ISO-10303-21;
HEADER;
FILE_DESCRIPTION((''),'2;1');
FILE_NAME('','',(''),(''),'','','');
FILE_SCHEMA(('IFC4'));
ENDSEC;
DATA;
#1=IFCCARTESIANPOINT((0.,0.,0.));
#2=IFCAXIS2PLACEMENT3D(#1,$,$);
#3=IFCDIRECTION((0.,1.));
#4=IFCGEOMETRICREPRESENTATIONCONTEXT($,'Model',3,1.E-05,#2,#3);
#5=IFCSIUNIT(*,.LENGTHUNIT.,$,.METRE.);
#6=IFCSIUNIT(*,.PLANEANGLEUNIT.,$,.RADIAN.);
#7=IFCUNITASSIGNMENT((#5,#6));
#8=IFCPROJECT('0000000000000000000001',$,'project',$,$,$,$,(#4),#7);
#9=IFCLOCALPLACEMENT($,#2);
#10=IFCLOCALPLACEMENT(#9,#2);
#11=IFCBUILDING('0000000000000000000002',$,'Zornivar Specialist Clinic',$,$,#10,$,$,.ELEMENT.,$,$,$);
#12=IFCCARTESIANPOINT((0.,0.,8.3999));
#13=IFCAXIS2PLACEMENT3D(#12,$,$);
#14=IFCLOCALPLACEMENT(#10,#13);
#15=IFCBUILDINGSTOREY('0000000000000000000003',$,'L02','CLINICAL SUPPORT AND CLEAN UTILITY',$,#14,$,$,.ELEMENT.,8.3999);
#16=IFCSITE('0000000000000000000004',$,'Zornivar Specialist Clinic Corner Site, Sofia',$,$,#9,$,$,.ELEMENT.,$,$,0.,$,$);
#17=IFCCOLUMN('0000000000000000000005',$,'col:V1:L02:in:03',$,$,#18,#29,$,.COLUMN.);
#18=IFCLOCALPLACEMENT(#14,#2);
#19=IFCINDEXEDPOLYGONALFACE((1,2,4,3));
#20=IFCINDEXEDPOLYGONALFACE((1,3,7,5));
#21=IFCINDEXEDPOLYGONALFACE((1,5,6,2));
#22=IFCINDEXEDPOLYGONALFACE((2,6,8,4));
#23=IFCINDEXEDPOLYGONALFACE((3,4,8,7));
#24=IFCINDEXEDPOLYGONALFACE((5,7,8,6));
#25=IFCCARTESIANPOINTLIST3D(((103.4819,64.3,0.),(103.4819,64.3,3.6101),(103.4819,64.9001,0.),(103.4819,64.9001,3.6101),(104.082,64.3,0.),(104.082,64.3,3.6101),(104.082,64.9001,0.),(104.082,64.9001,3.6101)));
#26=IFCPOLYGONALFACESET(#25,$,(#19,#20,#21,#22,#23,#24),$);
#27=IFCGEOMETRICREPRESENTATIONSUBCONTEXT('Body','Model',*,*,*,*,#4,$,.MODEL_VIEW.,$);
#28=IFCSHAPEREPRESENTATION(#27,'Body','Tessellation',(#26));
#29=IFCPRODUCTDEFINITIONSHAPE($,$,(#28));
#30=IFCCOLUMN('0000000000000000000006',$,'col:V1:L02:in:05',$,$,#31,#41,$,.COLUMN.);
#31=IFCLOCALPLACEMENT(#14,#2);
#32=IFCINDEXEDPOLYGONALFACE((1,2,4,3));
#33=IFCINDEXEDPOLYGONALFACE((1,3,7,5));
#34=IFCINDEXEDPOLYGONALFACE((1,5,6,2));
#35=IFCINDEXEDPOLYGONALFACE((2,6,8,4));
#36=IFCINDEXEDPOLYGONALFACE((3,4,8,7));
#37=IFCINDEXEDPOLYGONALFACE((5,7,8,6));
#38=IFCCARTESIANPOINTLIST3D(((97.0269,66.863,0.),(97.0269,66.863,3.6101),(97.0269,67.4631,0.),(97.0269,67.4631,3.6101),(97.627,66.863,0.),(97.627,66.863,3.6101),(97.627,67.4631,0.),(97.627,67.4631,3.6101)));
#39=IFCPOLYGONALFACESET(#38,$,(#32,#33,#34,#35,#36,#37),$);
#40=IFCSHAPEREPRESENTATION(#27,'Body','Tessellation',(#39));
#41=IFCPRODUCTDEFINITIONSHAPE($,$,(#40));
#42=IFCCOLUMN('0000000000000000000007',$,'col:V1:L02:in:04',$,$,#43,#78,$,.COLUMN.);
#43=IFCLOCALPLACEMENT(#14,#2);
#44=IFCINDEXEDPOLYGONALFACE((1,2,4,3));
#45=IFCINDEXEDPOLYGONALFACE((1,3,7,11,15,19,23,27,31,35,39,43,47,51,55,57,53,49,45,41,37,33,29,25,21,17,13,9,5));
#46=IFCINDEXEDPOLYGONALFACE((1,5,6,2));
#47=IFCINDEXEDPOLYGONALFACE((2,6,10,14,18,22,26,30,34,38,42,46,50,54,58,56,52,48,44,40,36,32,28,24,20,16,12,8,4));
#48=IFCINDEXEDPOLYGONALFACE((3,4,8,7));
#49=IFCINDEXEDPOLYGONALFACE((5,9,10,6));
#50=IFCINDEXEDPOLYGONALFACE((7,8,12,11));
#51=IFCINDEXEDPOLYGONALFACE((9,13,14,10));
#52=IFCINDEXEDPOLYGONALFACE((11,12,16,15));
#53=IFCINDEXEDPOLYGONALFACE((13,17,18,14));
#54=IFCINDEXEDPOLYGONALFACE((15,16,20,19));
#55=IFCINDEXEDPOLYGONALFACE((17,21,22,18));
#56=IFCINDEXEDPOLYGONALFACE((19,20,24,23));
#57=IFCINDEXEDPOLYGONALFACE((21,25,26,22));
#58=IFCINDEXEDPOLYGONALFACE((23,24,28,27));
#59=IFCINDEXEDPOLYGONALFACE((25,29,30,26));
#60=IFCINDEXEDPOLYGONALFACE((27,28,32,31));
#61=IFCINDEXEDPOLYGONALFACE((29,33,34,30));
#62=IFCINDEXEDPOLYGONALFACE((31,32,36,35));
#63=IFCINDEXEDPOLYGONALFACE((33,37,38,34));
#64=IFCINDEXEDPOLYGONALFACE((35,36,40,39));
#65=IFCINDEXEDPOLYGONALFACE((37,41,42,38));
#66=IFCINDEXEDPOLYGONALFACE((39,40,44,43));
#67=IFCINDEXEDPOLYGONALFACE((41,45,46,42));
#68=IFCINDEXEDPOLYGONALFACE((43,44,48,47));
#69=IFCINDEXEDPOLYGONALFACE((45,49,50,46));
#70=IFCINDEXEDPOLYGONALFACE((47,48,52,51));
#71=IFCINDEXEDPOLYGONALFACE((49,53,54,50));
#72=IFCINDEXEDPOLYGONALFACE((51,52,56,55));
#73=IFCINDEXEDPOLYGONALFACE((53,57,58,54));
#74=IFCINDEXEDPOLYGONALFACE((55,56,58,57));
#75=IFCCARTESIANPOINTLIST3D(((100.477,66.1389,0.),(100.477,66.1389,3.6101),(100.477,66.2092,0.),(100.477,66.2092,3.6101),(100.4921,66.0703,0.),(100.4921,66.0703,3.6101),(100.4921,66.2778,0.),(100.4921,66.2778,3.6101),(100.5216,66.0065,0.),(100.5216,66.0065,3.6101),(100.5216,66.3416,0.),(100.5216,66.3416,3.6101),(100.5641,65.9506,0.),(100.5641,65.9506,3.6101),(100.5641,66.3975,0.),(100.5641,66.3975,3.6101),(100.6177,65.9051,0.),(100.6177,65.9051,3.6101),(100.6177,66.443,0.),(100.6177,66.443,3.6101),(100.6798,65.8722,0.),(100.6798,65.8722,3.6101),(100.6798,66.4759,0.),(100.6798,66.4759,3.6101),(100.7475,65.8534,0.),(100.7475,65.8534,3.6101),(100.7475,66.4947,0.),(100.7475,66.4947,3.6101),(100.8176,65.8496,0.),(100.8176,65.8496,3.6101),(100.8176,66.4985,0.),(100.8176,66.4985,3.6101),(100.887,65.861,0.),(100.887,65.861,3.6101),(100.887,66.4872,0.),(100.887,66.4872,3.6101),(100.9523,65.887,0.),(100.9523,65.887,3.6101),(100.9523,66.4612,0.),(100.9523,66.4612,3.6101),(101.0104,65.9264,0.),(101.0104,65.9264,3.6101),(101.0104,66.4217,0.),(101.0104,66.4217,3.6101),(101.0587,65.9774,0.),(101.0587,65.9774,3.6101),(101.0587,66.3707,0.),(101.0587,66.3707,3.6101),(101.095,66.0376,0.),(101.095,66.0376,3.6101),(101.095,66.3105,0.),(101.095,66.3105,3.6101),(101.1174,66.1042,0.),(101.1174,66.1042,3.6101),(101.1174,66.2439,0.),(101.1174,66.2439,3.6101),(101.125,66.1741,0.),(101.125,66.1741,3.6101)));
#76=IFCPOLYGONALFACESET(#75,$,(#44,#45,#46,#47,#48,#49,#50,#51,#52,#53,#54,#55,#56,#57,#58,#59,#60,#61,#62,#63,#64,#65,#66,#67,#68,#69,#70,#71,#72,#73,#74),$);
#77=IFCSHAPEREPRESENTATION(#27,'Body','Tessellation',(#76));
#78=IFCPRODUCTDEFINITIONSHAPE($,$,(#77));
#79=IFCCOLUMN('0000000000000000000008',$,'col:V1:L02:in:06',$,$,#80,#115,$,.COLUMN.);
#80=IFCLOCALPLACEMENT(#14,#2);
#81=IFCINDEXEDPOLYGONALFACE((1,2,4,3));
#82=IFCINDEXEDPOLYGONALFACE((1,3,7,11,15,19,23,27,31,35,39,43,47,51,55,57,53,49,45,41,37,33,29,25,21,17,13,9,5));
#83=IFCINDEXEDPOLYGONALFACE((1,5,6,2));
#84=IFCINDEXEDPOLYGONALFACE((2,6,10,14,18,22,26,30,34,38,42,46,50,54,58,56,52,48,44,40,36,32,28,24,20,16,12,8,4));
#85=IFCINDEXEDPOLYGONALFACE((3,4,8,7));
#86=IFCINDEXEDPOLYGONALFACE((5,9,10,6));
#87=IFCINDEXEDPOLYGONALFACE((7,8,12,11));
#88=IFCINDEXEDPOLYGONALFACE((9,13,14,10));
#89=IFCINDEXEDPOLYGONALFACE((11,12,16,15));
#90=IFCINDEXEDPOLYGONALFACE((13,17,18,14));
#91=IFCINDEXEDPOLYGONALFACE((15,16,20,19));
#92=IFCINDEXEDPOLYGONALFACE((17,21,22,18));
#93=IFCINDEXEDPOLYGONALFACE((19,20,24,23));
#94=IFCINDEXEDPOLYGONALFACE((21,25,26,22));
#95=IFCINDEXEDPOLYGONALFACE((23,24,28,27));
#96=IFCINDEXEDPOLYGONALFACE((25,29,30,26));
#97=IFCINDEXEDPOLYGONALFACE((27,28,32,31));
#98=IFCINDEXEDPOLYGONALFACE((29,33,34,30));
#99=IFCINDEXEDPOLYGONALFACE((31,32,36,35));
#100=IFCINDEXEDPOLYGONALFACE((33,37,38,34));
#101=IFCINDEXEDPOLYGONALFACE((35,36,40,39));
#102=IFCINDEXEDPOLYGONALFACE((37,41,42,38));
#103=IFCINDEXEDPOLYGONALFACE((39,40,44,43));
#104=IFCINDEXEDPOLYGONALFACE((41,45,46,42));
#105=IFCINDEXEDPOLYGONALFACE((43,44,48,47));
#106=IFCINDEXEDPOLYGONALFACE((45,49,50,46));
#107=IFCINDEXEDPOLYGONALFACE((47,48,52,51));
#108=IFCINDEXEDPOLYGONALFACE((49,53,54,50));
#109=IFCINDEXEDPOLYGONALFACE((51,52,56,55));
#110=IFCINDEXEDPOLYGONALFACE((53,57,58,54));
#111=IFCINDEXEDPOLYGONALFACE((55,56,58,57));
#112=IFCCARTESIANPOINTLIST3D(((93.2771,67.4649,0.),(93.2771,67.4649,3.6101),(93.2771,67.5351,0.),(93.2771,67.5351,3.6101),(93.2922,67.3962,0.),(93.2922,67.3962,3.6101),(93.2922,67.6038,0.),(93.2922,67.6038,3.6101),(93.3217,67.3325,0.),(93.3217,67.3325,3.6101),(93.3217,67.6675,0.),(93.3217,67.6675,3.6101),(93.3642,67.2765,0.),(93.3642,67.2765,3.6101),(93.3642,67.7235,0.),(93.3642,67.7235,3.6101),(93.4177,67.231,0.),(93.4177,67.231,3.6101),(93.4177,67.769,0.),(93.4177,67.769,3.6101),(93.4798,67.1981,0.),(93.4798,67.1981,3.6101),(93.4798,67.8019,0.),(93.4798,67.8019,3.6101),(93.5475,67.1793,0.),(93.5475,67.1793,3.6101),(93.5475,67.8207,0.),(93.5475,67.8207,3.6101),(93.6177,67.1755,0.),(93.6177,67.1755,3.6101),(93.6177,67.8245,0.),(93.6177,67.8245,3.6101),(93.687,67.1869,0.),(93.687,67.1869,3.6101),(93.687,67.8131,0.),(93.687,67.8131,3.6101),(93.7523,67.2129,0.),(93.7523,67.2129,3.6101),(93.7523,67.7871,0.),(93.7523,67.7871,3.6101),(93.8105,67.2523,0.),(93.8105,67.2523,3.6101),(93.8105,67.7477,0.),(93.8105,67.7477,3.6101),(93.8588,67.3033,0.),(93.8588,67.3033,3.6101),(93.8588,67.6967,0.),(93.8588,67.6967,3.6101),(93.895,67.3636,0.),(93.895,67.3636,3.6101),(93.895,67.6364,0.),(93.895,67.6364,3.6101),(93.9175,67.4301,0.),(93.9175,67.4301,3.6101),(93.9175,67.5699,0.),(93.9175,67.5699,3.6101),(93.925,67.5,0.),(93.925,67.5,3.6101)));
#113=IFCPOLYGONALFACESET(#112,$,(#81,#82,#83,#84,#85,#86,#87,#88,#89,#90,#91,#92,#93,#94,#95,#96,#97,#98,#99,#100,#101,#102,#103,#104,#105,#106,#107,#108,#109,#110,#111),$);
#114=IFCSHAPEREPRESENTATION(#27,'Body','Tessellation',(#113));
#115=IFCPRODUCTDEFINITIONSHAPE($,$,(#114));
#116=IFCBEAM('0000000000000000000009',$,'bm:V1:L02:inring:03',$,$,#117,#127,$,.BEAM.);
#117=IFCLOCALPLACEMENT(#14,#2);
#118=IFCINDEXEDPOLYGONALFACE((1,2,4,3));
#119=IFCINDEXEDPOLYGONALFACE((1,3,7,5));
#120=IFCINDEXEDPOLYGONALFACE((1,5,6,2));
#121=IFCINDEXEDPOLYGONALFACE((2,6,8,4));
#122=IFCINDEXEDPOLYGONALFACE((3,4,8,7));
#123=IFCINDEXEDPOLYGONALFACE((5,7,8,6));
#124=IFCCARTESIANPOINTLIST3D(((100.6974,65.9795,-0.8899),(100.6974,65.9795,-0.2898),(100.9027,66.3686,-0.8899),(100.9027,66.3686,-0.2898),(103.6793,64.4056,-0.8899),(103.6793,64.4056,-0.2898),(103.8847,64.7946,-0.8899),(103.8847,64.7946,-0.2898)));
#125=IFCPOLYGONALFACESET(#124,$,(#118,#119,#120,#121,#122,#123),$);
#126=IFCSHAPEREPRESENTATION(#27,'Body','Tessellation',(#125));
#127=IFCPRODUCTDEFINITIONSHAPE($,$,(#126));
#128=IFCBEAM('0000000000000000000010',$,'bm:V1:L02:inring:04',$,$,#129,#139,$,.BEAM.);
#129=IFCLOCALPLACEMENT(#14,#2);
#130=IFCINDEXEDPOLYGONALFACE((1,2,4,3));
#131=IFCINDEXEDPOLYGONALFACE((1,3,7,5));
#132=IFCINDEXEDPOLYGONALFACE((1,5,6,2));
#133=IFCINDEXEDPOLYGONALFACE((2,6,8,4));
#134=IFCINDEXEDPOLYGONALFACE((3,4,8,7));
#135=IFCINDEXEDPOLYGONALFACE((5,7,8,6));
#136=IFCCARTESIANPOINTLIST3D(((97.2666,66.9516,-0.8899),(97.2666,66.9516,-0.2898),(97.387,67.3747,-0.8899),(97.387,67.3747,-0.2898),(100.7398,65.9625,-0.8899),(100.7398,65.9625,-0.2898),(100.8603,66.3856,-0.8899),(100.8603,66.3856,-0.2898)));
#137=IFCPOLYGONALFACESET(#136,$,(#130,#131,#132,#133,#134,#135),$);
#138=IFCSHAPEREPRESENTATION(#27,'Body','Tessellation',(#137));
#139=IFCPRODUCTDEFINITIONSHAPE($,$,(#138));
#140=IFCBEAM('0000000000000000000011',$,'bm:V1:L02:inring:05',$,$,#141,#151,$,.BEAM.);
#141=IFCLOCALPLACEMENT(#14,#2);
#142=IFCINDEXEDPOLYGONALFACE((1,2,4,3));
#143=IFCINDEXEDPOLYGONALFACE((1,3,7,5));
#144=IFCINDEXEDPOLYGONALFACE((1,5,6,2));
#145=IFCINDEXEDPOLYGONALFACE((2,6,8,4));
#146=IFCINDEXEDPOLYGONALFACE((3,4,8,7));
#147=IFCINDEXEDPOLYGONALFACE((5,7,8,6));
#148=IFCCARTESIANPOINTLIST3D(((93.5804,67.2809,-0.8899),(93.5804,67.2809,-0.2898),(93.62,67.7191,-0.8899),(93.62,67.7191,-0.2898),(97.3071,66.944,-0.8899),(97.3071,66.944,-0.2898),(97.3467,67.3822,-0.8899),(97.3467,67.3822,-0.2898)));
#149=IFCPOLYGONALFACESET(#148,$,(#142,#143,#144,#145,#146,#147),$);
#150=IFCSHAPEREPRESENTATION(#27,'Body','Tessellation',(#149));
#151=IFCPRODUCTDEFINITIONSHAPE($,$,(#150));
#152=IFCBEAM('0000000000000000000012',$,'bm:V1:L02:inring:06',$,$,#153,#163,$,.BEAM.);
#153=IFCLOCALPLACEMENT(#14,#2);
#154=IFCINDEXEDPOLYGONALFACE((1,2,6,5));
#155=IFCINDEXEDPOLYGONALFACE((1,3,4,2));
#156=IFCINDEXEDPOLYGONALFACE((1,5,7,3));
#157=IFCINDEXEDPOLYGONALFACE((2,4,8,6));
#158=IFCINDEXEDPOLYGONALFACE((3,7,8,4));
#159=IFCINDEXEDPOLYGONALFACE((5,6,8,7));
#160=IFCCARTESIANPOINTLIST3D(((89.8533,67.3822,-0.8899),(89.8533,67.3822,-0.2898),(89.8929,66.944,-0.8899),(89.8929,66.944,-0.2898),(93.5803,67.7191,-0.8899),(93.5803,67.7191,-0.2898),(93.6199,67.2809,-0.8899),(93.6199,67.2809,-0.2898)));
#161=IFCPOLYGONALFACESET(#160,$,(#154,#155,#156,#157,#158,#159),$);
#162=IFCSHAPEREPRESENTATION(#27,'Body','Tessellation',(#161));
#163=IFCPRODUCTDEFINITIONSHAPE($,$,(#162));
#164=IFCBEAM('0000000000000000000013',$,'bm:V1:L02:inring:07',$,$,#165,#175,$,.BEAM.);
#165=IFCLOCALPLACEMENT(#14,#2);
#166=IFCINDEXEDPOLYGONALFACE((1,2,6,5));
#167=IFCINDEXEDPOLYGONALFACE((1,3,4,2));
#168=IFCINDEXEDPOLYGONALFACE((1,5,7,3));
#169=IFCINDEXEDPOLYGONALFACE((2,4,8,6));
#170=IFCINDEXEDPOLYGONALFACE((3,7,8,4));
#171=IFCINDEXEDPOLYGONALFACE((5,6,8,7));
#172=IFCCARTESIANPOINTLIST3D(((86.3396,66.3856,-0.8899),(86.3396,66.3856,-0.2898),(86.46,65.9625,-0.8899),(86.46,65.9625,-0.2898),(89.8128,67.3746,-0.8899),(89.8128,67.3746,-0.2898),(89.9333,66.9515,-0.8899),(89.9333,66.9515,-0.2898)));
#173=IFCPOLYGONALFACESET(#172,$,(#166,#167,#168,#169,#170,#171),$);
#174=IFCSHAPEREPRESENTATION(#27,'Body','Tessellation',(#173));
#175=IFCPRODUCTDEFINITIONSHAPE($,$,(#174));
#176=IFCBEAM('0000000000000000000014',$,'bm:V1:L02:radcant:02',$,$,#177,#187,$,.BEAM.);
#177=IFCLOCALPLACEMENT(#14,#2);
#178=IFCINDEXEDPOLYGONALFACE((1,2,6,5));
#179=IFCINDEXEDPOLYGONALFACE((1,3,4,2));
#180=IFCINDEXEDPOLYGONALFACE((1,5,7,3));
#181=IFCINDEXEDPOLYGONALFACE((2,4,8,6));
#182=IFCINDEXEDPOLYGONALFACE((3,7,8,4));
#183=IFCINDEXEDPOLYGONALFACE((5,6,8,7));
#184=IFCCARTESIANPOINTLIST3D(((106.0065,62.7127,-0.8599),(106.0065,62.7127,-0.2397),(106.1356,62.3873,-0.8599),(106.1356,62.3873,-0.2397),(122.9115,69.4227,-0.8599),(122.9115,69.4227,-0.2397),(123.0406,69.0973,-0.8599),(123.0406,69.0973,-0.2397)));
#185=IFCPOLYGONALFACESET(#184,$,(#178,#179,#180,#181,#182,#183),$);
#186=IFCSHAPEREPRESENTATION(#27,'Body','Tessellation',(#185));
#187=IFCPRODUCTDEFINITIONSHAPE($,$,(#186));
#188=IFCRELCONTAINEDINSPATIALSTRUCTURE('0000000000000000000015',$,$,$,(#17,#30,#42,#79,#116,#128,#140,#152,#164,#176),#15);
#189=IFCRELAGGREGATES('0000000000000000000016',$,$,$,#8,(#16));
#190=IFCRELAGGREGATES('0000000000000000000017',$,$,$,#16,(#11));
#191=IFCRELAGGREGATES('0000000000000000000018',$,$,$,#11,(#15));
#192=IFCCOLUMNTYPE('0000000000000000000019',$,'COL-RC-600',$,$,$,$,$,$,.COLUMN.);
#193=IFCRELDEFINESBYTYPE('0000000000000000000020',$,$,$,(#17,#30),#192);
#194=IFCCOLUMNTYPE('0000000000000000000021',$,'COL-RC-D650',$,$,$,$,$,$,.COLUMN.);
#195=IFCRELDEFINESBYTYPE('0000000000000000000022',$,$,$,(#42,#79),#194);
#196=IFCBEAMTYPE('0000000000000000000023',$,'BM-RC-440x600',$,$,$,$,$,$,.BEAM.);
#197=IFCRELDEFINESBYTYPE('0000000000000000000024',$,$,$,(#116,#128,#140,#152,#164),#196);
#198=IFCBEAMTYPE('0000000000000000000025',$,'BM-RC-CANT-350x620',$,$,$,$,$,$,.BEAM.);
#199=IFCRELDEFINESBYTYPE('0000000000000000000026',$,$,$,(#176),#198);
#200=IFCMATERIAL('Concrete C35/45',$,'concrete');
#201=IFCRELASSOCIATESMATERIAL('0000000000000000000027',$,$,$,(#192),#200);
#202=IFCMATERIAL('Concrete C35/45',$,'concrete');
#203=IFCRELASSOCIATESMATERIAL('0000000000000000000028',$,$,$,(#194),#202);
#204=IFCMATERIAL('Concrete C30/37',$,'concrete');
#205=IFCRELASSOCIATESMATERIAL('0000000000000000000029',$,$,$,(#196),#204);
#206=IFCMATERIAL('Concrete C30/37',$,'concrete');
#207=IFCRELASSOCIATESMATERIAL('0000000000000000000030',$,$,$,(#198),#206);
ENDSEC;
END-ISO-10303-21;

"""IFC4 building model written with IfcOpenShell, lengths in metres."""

from ifc_helpers import new_model, si_unit, direction, frame, origin, origin_2d, place, context, subcontext, project, spatial, rectangle, circle, extrude, material, material_profile, profile_set, type_object, element, save


model = new_model("IFC4")

# Units and contexts
model_context = context("Model", 3, precision=1e-05, world=origin(), true_north=direction((0.0, 1.0)))
body_context = subcontext(model_context, "Body", "Model", "MODEL_VIEW")
ifc_project = project(units=[si_unit("LENGTHUNIT", "METRE"), si_unit("PLANEANGLEUNIT", "RADIAN")], contexts=[model_context])

# Site, building, storey
site_placement = place(None, origin())
site = spatial("IfcSite", under=ifc_project, at=site_placement, Name="Zornivar Specialist Clinic Corner Site, Sofia", CompositionType="ELEMENT", RefElevation=0.0)
building_placement = place(site_placement, origin())
building = spatial("IfcBuilding", under=site, at=building_placement, Name="Zornivar Specialist Clinic", CompositionType="ELEMENT")
storey_placement = place(building_placement, frame((0.0, 0.0, 8.3999)))
storey = spatial("IfcBuildingStorey", under=building, at=storey_placement, Name="L02", Description="CLINICAL SUPPORT AND CLEAN UTILITY", CompositionType="ELEMENT", Elevation=8.3999)

# Columns
ifc_material_1 = material(Name="Concrete C35/45", Category="concrete")
ifc_material_profile_1 = material_profile(ifc_material_1, rectangle(XDim=0.6001, YDim=0.6001, at=origin_2d()), Name="RC 600x600")
ifc_profile_set_1 = profile_set([ifc_material_profile_1], Name="Concrete C35/45")
column_type_1 = type_object("IfcColumnType", Name="COL-RC-600", PredefinedType="COLUMN", material=ifc_profile_set_1)
for number, where, z_axis, x_axis, name in (
    (1, (103.782, 64.6001, 0.0), (0.0, 0.0, 1.0), (1.0, 0.0, 0.0), "col:V1:L02:in:03"),
    (2, (97.3269, 67.1631, 0.0), (0.0, 0.0, 1.0), (1.0, 0.0, 0.0), "col:V1:L02:in:05"),
):
    element("IfcColumn", number, at=place(storey_placement, frame(where, z_axis=z_axis, x_axis=x_axis)), inside=storey, type_object=column_type_1, Name=name, PredefinedType="COLUMN", context=body_context, shape_type="SweptSolid", body=[
        extrude(rectangle(XDim=0.6001, YDim=0.6001, at=origin_2d()), origin(), (0.0, 0.0, 1.0), 3.6101),
    ])
ifc_material_2 = material(Name="Concrete C35/45", Category="concrete")
ifc_material_profile_2 = material_profile(ifc_material_2, circle(Radius=0.325, at=origin_2d()), Name="RC D650")
ifc_profile_set_2 = profile_set([ifc_material_profile_2], Name="Concrete C35/45")
column_type_2 = type_object("IfcColumnType", Name="COL-RC-D650", PredefinedType="COLUMN", material=ifc_profile_set_2)
for number, where, z_axis, x_axis, name in (
    (3, (100.8, 66.1741, 0.0), (0.0, 0.0, 1.0), (1.0, 0.0, 0.0), "col:V1:L02:in:04"),
    (4, (93.6001, 67.5, 0.0), (0.0, 0.0, 1.0), (1.0, 0.0, 0.0), "col:V1:L02:in:06"),
):
    element("IfcColumn", number, at=place(storey_placement, frame(where, z_axis=z_axis, x_axis=x_axis)), inside=storey, type_object=column_type_2, Name=name, PredefinedType="COLUMN", context=body_context, shape_type="SweptSolid", body=[
        extrude(circle(Radius=0.325, at=origin_2d()), origin(), (0.0, 0.0, 1.0), 3.6101),
    ])

# Beams
ifc_material_3 = material(Name="Concrete C30/37", Category="concrete")
ifc_material_profile_3 = material_profile(ifc_material_3, rectangle(XDim=0.4399, YDim=0.6001, at=origin_2d()), Name="RC 440x600")
ifc_profile_set_3 = profile_set([ifc_material_profile_3], Name="Concrete C30/37")
beam_type_1 = type_object("IfcBeamType", Name="BM-RC-440x600", PredefinedType="BEAM", material=ifc_profile_set_3)
beam_1_placement = place(storey_placement, frame((103.782, 64.6001, -0.5898), z_axis=(-0.884363, 0.4668, 0.0), x_axis=(-0.4668, -0.884363, 0.0)))
element("IfcBeam", 5, at=beam_1_placement, inside=storey, type_object=beam_type_1, Name="bm:V1:L02:inring:03", PredefinedType="BEAM", context=body_context, shape_type="SweptSolid", body=[
    extrude(rectangle(XDim=0.4399, YDim=0.6001, at=origin_2d()), origin(), (0.0, 0.0, 1.0), 3.3718),
])
beam_2_placement = place(storey_placement, frame((100.8, 66.1741, -0.5898), z_axis=(-0.961766, 0.273873, 0.0), x_axis=(-0.273873, -0.961766, 0.0)))
element("IfcBeam", 6, at=beam_2_placement, inside=storey, type_object=beam_type_1, Name="bm:V1:L02:inring:04", PredefinedType="BEAM", context=body_context, shape_type="SweptSolid", body=[
    extrude(rectangle(XDim=0.4399, YDim=0.6001, at=origin_2d()), origin(), (0.0, 0.0, 1.0), 3.6113),
])
beam_3_placement = place(storey_placement, frame((97.3269, 67.1631, -0.5898), z_axis=(-0.995939, 0.090036, 0.0), x_axis=(-0.090036, -0.995939, 0.0)))
element("IfcBeam", 7, at=beam_3_placement, inside=storey, type_object=beam_type_1, Name="bm:V1:L02:inring:05", PredefinedType="BEAM", context=body_context, shape_type="SweptSolid", body=[
    extrude(rectangle(XDim=0.4399, YDim=0.6001, at=origin_2d()), origin(), (0.0, 0.0, 1.0), 3.7419),
])
beam_4_placement = place(storey_placement, frame((93.6001, 67.5, -0.5898), z_axis=(-0.995939, -0.09003, 0.0), x_axis=(0.09003, -0.995939, 0.0)))
element("IfcBeam", 8, at=beam_4_placement, inside=storey, type_object=beam_type_1, Name="bm:V1:L02:inring:06", PredefinedType="BEAM", context=body_context, shape_type="SweptSolid", body=[
    extrude(rectangle(XDim=0.4399, YDim=0.6001, at=origin_2d()), origin(), (0.0, 0.0, 1.0), 3.7422),
])
beam_5_placement = place(storey_placement, frame((89.873, 67.1631, -0.5898), z_axis=(-0.961766, -0.273873, 0.0), x_axis=(0.273873, -0.961766, 0.0)))
element("IfcBeam", 9, at=beam_5_placement, inside=storey, type_object=beam_type_1, Name="bm:V1:L02:inring:07", PredefinedType="BEAM", context=body_context, shape_type="SweptSolid", body=[
    extrude(rectangle(XDim=0.4399, YDim=0.6001, at=origin_2d()), origin(), (0.0, 0.0, 1.0), 3.6113),
])
ifc_material_4 = material(Name="Concrete C30/37", Category="concrete")
ifc_material_profile_4 = material_profile(ifc_material_4, rectangle(XDim=0.3501, YDim=0.6201, at=origin_2d()), Name="RC 350x620")
ifc_profile_set_4 = profile_set([ifc_material_profile_4], Name="Concrete C30/37")
beam_type_2 = type_object("IfcBeamType", Name="BM-RC-CANT-350x620", PredefinedType="BEAM", material=ifc_profile_set_4)
beam_6_placement = place(storey_placement, frame((106.071, 62.55, -0.5498), z_axis=(0.92946, 0.368922, 0.0), x_axis=(-0.368922, 0.92946, 0.0)))
element("IfcBeam", 10, at=beam_6_placement, inside=storey, type_object=beam_type_2, Name="bm:V1:L02:radcant:02", PredefinedType="BEAM", context=body_context, shape_type="SweptSolid", body=[
    extrude(rectangle(XDim=0.3501, YDim=0.6201, at=origin_2d()), origin(), (0.0, 0.0, 1.0), 18.188),
])

save(model, "model.ifc")
